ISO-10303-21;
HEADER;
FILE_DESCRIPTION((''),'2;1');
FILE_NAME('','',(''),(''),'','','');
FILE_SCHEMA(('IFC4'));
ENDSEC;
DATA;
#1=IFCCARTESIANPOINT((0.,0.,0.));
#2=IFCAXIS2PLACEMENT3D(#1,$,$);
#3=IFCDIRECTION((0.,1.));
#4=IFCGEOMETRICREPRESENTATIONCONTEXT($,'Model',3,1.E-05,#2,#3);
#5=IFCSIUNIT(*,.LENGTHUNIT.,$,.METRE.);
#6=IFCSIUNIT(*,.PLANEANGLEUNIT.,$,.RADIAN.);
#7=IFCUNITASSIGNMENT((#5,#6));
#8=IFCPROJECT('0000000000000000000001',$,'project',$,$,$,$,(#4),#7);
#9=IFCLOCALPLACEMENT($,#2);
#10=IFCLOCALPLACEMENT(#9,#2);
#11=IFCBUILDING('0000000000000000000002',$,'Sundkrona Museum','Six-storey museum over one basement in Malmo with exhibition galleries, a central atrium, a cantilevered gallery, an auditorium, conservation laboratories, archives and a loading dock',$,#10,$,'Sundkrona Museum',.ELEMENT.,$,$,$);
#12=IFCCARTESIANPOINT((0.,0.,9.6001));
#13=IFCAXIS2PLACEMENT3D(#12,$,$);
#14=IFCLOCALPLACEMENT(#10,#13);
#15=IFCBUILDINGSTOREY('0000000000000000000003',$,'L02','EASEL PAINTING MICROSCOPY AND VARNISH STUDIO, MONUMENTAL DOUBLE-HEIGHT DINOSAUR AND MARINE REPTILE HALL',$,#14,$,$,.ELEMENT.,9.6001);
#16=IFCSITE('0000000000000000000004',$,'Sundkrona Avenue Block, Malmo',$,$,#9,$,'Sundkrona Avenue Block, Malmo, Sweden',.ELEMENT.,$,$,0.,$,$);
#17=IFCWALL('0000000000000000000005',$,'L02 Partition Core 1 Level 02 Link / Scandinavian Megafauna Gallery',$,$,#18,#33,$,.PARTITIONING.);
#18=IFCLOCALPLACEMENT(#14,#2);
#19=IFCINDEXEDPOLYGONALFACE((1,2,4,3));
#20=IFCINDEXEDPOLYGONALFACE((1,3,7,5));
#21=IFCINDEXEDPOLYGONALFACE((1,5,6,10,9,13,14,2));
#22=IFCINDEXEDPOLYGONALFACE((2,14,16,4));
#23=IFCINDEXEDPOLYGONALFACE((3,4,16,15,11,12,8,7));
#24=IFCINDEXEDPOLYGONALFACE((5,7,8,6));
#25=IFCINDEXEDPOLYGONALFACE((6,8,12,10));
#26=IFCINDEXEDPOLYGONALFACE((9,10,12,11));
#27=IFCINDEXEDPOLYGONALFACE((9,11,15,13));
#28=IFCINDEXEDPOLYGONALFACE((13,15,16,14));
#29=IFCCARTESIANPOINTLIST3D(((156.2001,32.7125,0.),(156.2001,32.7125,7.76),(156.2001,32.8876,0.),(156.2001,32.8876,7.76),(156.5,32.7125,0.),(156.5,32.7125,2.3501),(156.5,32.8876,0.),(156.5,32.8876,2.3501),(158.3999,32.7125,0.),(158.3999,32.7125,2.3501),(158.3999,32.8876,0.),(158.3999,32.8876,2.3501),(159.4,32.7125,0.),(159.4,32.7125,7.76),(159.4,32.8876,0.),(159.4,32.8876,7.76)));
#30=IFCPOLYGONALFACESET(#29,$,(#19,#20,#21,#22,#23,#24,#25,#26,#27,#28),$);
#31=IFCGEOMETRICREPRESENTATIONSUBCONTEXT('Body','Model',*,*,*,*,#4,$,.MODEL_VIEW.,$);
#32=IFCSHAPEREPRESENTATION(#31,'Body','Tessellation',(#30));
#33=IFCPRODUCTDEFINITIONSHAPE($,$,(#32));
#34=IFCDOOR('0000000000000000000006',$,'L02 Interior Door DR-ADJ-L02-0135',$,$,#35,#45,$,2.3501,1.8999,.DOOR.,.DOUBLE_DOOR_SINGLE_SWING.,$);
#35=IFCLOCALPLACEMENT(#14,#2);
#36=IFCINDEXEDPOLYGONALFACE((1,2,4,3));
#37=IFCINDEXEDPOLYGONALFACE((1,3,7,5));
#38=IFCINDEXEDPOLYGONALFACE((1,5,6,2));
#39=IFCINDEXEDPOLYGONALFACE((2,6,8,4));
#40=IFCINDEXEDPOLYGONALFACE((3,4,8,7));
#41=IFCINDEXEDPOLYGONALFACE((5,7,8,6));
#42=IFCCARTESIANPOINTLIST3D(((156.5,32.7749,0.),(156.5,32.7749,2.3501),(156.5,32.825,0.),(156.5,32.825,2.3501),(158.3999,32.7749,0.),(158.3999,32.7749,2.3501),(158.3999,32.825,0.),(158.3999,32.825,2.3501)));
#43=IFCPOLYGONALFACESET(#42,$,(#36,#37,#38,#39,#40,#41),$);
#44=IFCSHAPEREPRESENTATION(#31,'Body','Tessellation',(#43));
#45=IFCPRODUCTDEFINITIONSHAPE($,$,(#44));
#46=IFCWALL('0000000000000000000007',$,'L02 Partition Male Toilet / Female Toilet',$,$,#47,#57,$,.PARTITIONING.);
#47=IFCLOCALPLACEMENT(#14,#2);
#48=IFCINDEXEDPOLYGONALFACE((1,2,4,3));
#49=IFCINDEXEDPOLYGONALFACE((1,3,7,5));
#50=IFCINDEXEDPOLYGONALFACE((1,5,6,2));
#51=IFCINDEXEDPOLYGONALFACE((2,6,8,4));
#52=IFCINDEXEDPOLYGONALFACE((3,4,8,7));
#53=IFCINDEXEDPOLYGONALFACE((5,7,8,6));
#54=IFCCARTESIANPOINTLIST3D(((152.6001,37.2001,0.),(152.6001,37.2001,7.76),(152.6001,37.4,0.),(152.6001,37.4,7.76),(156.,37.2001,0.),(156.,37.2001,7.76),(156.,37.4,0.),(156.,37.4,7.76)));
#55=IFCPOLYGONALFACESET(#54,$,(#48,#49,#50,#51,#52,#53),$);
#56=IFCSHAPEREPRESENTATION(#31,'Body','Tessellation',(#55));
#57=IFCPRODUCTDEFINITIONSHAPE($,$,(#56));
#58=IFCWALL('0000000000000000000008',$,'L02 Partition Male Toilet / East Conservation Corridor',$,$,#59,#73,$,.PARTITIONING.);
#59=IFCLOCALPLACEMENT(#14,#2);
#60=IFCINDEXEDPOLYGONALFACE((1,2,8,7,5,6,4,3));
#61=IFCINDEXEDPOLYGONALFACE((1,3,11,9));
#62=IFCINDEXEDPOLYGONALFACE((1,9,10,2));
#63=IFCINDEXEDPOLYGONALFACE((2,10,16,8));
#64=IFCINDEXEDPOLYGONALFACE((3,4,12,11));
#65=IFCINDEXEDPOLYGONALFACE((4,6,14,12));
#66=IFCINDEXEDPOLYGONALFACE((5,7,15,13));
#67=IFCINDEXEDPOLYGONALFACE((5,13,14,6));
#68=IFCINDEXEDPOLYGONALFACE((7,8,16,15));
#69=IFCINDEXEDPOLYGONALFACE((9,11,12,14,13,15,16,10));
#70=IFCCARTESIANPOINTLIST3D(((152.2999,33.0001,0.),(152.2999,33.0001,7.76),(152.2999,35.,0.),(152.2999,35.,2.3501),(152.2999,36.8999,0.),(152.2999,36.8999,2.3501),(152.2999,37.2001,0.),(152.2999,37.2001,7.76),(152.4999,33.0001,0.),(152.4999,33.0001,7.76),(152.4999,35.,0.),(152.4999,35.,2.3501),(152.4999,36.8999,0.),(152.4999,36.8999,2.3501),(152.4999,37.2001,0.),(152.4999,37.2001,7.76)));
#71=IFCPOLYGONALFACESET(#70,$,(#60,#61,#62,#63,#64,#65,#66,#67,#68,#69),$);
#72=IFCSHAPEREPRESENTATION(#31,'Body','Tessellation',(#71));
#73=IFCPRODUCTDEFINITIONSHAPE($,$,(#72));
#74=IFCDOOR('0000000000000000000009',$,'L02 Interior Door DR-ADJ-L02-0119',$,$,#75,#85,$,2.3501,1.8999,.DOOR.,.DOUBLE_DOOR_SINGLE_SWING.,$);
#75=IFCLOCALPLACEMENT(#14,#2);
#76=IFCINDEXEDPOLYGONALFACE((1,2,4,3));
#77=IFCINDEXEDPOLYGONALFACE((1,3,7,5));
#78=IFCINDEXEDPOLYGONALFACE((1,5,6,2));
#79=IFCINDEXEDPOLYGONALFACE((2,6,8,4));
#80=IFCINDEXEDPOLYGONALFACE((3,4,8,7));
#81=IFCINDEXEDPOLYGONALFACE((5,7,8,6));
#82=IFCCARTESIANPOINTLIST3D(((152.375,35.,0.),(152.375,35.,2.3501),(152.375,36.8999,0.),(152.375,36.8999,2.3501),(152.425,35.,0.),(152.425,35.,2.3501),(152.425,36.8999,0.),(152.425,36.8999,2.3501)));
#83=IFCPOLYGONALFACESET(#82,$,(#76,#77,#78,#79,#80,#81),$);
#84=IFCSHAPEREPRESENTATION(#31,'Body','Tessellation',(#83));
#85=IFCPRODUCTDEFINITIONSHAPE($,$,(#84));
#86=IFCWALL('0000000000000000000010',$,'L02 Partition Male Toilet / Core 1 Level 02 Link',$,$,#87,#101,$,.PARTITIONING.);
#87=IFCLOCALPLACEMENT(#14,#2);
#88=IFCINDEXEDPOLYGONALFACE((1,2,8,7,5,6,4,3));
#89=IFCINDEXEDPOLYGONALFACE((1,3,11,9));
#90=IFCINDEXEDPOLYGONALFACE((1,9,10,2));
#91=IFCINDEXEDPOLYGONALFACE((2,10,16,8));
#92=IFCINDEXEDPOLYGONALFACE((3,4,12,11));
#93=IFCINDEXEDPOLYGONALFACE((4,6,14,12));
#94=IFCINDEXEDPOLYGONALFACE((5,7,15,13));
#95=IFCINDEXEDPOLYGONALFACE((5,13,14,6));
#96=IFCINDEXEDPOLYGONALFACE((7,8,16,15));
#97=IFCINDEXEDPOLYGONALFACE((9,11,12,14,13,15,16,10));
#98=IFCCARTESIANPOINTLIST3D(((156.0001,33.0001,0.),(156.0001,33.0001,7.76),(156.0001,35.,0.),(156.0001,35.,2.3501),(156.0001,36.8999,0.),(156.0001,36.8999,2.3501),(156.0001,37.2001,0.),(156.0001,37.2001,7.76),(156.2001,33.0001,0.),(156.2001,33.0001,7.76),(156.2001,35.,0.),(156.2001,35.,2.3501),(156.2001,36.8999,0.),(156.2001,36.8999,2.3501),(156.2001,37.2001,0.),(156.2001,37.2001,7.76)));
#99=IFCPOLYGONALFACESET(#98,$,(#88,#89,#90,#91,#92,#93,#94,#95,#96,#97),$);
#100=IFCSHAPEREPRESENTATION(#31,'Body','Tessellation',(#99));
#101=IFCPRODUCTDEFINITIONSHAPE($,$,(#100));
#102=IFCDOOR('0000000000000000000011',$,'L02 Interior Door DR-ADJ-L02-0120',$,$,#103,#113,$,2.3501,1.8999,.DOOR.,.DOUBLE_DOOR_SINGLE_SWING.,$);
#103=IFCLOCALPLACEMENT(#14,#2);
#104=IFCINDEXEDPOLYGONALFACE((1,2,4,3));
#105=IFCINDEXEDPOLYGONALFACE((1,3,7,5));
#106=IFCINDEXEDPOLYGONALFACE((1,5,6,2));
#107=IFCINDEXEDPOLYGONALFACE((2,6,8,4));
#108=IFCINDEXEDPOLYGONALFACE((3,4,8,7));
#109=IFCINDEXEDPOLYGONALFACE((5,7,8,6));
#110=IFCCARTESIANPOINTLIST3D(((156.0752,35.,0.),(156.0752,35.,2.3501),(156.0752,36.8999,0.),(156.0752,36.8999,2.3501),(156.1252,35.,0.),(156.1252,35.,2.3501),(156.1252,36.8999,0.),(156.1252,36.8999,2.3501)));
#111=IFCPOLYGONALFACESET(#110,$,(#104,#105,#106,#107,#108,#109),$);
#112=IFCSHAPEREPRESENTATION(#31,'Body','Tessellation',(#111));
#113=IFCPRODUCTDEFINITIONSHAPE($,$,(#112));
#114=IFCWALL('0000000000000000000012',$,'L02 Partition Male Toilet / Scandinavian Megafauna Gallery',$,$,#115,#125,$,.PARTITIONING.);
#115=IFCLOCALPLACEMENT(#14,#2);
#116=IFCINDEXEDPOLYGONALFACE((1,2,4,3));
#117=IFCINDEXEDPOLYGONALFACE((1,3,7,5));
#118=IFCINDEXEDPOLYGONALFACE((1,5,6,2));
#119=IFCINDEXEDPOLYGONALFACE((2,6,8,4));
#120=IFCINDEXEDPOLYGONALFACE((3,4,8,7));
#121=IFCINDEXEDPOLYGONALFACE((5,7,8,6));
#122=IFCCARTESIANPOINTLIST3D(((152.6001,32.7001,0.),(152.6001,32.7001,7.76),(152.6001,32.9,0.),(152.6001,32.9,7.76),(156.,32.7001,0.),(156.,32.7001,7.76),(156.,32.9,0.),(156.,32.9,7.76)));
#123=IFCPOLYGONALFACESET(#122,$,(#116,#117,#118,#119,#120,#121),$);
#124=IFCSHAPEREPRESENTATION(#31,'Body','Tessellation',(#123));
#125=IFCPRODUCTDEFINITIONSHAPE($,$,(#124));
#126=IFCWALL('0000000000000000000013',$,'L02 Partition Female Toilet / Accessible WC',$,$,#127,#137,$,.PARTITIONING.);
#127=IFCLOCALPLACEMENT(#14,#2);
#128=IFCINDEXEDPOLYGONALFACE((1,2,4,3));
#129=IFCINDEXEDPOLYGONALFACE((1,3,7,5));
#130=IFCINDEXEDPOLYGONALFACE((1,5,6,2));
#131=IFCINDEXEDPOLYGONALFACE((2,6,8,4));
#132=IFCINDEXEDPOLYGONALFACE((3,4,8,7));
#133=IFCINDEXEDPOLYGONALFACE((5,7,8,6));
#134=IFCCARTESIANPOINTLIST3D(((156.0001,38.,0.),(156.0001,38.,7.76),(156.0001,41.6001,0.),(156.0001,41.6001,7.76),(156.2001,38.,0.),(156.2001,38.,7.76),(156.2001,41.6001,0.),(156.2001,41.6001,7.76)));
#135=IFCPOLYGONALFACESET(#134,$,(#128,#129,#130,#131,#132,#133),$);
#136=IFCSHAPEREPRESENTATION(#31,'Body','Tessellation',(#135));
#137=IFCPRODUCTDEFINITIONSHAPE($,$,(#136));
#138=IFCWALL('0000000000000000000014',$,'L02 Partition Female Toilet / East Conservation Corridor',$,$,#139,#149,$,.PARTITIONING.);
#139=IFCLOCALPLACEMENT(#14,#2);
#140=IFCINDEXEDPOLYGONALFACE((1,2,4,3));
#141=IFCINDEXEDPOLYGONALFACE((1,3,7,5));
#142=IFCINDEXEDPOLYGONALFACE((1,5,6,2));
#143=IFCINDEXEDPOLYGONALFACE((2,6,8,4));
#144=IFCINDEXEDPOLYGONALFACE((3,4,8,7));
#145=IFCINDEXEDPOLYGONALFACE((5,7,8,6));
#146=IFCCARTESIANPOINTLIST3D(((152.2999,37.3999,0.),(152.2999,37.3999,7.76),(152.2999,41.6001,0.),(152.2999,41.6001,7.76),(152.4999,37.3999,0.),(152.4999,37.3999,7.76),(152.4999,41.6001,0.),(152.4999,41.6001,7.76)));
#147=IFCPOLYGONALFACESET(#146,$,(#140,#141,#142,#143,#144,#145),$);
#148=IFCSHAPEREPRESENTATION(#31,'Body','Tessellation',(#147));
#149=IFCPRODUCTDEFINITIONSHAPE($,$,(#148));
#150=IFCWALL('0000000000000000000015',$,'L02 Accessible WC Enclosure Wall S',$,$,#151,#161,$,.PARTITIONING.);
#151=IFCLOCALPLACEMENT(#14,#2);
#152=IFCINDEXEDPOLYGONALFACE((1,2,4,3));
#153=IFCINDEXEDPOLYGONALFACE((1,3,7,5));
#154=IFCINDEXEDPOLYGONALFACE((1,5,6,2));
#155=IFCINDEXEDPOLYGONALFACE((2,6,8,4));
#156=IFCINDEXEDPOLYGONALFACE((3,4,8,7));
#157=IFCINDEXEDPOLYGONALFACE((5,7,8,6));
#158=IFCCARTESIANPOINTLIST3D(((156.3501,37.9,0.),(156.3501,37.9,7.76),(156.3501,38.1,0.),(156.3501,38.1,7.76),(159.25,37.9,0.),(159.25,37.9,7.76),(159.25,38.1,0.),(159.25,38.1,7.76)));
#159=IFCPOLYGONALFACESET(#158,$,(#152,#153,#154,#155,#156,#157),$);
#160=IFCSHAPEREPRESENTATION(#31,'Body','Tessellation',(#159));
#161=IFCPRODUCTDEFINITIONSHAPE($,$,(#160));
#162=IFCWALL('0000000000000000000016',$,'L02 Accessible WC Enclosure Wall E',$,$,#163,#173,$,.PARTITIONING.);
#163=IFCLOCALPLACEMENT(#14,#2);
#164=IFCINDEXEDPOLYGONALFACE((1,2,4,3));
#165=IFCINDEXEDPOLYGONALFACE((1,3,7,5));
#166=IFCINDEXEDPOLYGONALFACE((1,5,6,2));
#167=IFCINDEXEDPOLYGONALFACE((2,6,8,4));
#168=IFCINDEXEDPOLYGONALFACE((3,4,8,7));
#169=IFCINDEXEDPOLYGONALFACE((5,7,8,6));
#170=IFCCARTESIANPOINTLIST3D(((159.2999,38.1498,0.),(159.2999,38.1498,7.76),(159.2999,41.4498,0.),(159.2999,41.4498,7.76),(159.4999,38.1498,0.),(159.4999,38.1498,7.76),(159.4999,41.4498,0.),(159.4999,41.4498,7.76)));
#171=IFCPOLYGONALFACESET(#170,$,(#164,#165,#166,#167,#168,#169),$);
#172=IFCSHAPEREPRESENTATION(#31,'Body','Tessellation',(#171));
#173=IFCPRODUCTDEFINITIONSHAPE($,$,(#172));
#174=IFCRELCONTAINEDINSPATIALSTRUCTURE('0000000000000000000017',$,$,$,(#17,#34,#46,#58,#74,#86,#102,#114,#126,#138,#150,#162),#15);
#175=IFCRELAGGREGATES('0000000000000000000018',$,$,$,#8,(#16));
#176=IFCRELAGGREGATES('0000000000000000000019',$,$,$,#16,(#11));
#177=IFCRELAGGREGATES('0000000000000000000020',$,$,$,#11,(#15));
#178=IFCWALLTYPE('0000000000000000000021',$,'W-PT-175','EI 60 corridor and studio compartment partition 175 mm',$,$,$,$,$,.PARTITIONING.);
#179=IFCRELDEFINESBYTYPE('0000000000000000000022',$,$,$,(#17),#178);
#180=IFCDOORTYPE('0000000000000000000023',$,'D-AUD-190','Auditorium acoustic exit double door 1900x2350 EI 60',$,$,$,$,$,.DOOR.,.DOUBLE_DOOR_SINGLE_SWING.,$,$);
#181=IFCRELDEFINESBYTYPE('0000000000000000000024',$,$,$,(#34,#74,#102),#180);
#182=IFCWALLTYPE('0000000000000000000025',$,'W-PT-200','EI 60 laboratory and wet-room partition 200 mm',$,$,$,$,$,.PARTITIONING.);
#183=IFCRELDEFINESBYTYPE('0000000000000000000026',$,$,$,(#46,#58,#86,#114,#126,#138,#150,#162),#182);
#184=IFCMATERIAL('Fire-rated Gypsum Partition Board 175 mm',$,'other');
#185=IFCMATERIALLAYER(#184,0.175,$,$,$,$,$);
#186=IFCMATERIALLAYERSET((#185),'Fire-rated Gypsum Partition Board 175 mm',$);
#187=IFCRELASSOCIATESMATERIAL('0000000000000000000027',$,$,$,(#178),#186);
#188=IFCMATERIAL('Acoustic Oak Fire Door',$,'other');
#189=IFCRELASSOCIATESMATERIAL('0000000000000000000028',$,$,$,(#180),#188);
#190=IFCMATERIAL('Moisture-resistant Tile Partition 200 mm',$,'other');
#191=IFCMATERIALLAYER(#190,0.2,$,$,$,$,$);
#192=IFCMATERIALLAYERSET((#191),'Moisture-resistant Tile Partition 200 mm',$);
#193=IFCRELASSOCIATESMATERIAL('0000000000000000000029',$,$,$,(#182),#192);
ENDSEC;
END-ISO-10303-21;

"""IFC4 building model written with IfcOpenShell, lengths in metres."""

from ifc_helpers import new_model, si_unit, direction, frame, frame_2d, origin, place, context, subcontext, project, spatial, rectangle, extrude, material, layer, layer_set, type_object, element, fill, save


model = new_model("IFC4")

# Units and contexts
model_context = context("Model", 3, precision=1e-05, world=origin(), true_north=direction((0.0, 1.0)))
body_context = subcontext(model_context, "Body", "Model", "MODEL_VIEW")
ifc_project = project(units=[si_unit("LENGTHUNIT", "METRE"), si_unit("PLANEANGLEUNIT", "RADIAN")], contexts=[model_context])

# Site, building, storey
site_placement = place(None, origin())
site = spatial("IfcSite", under=ifc_project, at=site_placement, Name="Sundkrona Avenue Block, Malmo", LongName="Sundkrona Avenue Block, Malmo, Sweden", CompositionType="ELEMENT", RefElevation=0.0)
building_placement = place(site_placement, origin())
building = spatial("IfcBuilding", under=site, at=building_placement, Name="Sundkrona Museum", Description="Six-storey museum over one basement in Malmo with exhibition galleries, a central atrium, a cantilevered gallery, an auditorium, conservation laboratories, archives and a loading dock", LongName="Sundkrona Museum", CompositionType="ELEMENT")
storey_placement = place(building_placement, frame((0.0, 0.0, 9.6001)))
storey = spatial("IfcBuildingStorey", under=building, at=storey_placement, Name="L02", Description="EASEL PAINTING MICROSCOPY AND VARNISH STUDIO, MONUMENTAL DOUBLE-HEIGHT DINOSAUR AND MARINE REPTILE HALL", CompositionType="ELEMENT", Elevation=9.6001)

# Wall, opening, door
ifc_material_1 = material(Name="Fire-rated Gypsum Partition Board 175 mm", Category="other")
ifc_layer_1 = layer(ifc_material_1, 0.175)
ifc_layer_set_1 = layer_set([ifc_layer_1], Name="Fire-rated Gypsum Partition Board 175 mm")
wall_type_1 = type_object("IfcWallType", Name="W-PT-175", Description="EI 60 corridor and studio compartment partition 175 mm", PredefinedType="PARTITIONING", material=ifc_layer_set_1)
wall_1_placement = place(storey_placement, frame((156.2, 32.8, 0.0), z_axis=(0.0, 0.0, 1.0), x_axis=(1.0, 0.0, 0.0)))
wall_1 = element("IfcWall", 1, at=wall_1_placement, inside=storey, type_object=wall_type_1, Name="L02 Partition Core 1 Level 02 Link / Scandinavian Megafauna Gallery", PredefinedType="PARTITIONING", context=body_context, shape_type="SweptSolid", body=[
    extrude(rectangle(XDim=3.2, YDim=0.175, at=frame_2d((1.6001, 0.0))), origin(), (0.0, 0.0, 1.0), 7.76),
])
opening_1_placement = place(wall_1_placement, frame((0.3, 0.0, 0.0)))
opening_1 = element("IfcOpeningElement", 2, at=opening_1_placement, cuts=wall_1, PredefinedType="OPENING", context=body_context, shape_type="SweptSolid", body=[
    extrude(rectangle(XDim=1.8999, YDim=2.3501, at=frame_2d((0.95, 1.175))), frame((0.0, 0.0974, 0.0), z_axis=(0.0, -1.0, 0.0), x_axis=(1.0, 0.0, 0.0)), (0.0, 0.0, 1.0), 0.1951),
])
ifc_material_2 = material(Name="Acoustic Oak Fire Door", Category="other")
door_type_1 = type_object("IfcDoorType", Name="D-AUD-190", Description="Auditorium acoustic exit double door 1900x2350 EI 60", OperationType="DOUBLE_DOOR_SINGLE_SWING", PredefinedType="DOOR", material=ifc_material_2)
door_1_placement = place(opening_1_placement, origin())
door_1 = element("IfcDoor", 3, at=door_1_placement, inside=storey, type_object=door_type_1, Name="L02 Interior Door DR-ADJ-L02-0135", OperationType="DOUBLE_DOOR_SINGLE_SWING", OverallHeight=2.3501, OverallWidth=1.8999, PredefinedType="DOOR", context=body_context, shape_type="SweptSolid", body=[
    extrude(rectangle(XDim=1.8999, YDim=2.3501, at=frame_2d((0.95, 1.175))), frame((0.0, 0.0249, 0.0), z_axis=(0.0, -1.0, 0.0), x_axis=(1.0, 0.0, 0.0)), (0.0, 0.0, 1.0), 0.05),
])
fill(opening_1, door_1)

# Wall
ifc_material_3 = material(Name="Moisture-resistant Tile Partition 200 mm", Category="other")
ifc_layer_2 = layer(ifc_material_3, 0.2)
ifc_layer_set_2 = layer_set([ifc_layer_2], Name="Moisture-resistant Tile Partition 200 mm")
wall_type_2 = type_object("IfcWallType", Name="W-PT-200", Description="EI 60 laboratory and wet-room partition 200 mm", PredefinedType="PARTITIONING", material=ifc_layer_set_2)
wall_2_placement = place(storey_placement, frame((152.6001, 37.3, 0.0), z_axis=(0.0, 0.0, 1.0), x_axis=(1.0, 0.0, 0.0)))
element("IfcWall", 4, at=wall_2_placement, inside=storey, type_object=wall_type_2, Name="L02 Partition Male Toilet / Female Toilet", PredefinedType="PARTITIONING", context=body_context, shape_type="SweptSolid", body=[
    extrude(rectangle(XDim=3.3999, YDim=0.2, at=frame_2d((1.7, 0.0))), origin(), (0.0, 0.0, 1.0), 7.76),
])

# Walls, openings, doors
wall_3_placement = place(storey_placement, frame((152.3999, 33.0, 0.0), z_axis=(0.0, 0.0, 1.0), x_axis=(0.0, 1.0, 0.0)))
wall_3 = element("IfcWall", 5, at=wall_3_placement, inside=storey, type_object=wall_type_2, Name="L02 Partition Male Toilet / East Conservation Corridor", PredefinedType="PARTITIONING", context=body_context, shape_type="SweptSolid", body=[
    extrude(rectangle(XDim=4.2, YDim=0.2, at=frame_2d((2.1001, 0.0))), origin(), (0.0, 0.0, 1.0), 7.76),
])
opening_2_placement = place(wall_3_placement, frame((2.0, 0.0, 0.0)))
opening_2 = element("IfcOpeningElement", 6, at=opening_2_placement, cuts=wall_3, PredefinedType="OPENING", context=body_context, shape_type="SweptSolid", body=[
    extrude(rectangle(XDim=1.8999, YDim=2.3501, at=frame_2d((0.95, 1.175))), frame((0.0, 0.1099, 0.0), z_axis=(0.0, -1.0, 0.0), x_axis=(1.0, 0.0, 0.0)), (0.0, 0.0, 1.0), 0.22),
])
door_2_placement = place(opening_2_placement, origin())
door_2 = element("IfcDoor", 7, at=door_2_placement, inside=storey, type_object=door_type_1, Name="L02 Interior Door DR-ADJ-L02-0119", OperationType="DOUBLE_DOOR_SINGLE_SWING", OverallHeight=2.3501, OverallWidth=1.8999, PredefinedType="DOOR", context=body_context, shape_type="SweptSolid", body=[
    extrude(rectangle(XDim=1.8999, YDim=2.3501, at=frame_2d((0.95, 1.175))), frame((0.0, 0.0249, 0.0), z_axis=(0.0, -1.0, 0.0), x_axis=(1.0, 0.0, 0.0)), (0.0, 0.0, 1.0), 0.05),
])
fill(opening_2, door_2)
wall_4_placement = place(storey_placement, frame((156.1001, 33.0, 0.0), z_axis=(0.0, 0.0, 1.0), x_axis=(0.0, 1.0, 0.0)))
wall_4 = element("IfcWall", 8, at=wall_4_placement, inside=storey, type_object=wall_type_2, Name="L02 Partition Male Toilet / Core 1 Level 02 Link", PredefinedType="PARTITIONING", context=body_context, shape_type="SweptSolid", body=[
    extrude(rectangle(XDim=4.2, YDim=0.2, at=frame_2d((2.1001, 0.0))), origin(), (0.0, 0.0, 1.0), 7.76),
])
opening_3_placement = place(wall_4_placement, frame((2.0, 0.0, 0.0)))
opening_3 = element("IfcOpeningElement", 9, at=opening_3_placement, cuts=wall_4, PredefinedType="OPENING", context=body_context, shape_type="SweptSolid", body=[
    extrude(rectangle(XDim=1.8999, YDim=2.3501, at=frame_2d((0.95, 1.175))), frame((0.0, 0.1099, 0.0), z_axis=(0.0, -1.0, 0.0), x_axis=(1.0, 0.0, 0.0)), (0.0, 0.0, 1.0), 0.22),
])
door_3_placement = place(opening_3_placement, origin())
door_3 = element("IfcDoor", 10, at=door_3_placement, inside=storey, type_object=door_type_1, Name="L02 Interior Door DR-ADJ-L02-0120", OperationType="DOUBLE_DOOR_SINGLE_SWING", OverallHeight=2.3501, OverallWidth=1.8999, PredefinedType="DOOR", context=body_context, shape_type="SweptSolid", body=[
    extrude(rectangle(XDim=1.8999, YDim=2.3501, at=frame_2d((0.95, 1.175))), frame((0.0, 0.0249, 0.0), z_axis=(0.0, -1.0, 0.0), x_axis=(1.0, 0.0, 0.0)), (0.0, 0.0, 1.0), 0.05),
])
fill(opening_3, door_3)

# Walls
wall_5_placement = place(storey_placement, frame((152.6001, 32.8, 0.0), z_axis=(0.0, 0.0, 1.0), x_axis=(1.0, 0.0, 0.0)))
element("IfcWall", 11, at=wall_5_placement, inside=storey, type_object=wall_type_2, Name="L02 Partition Male Toilet / Scandinavian Megafauna Gallery", PredefinedType="PARTITIONING", context=body_context, shape_type="SweptSolid", body=[
    extrude(rectangle(XDim=3.3999, YDim=0.2, at=frame_2d((1.7, 0.0))), origin(), (0.0, 0.0, 1.0), 7.76),
])
wall_6_placement = place(storey_placement, frame((156.1001, 38.0, 0.0), z_axis=(0.0, 0.0, 1.0), x_axis=(0.0, 1.0, 0.0)))
element("IfcWall", 12, at=wall_6_placement, inside=storey, type_object=wall_type_2, Name="L02 Partition Female Toilet / Accessible WC", PredefinedType="PARTITIONING", context=body_context, shape_type="SweptSolid", body=[
    extrude(rectangle(XDim=3.6001, YDim=0.2, at=frame_2d((1.8, 0.0))), origin(), (0.0, 0.0, 1.0), 7.76),
])
wall_7_placement = place(storey_placement, frame((152.3999, 37.3999, 0.0), z_axis=(0.0, 0.0, 1.0), x_axis=(0.0, 1.0, 0.0)))
element("IfcWall", 13, at=wall_7_placement, inside=storey, type_object=wall_type_2, Name="L02 Partition Female Toilet / East Conservation Corridor", PredefinedType="PARTITIONING", context=body_context, shape_type="SweptSolid", body=[
    extrude(rectangle(XDim=4.2002, YDim=0.2, at=frame_2d((2.1001, 0.0))), origin(), (0.0, 0.0, 1.0), 7.76),
])
wall_8_placement = place(storey_placement, frame((156.3501, 38.0, 0.0), z_axis=(0.0, 0.0, 1.0), x_axis=(1.0, 0.0, 0.0)))
element("IfcWall", 14, at=wall_8_placement, inside=storey, type_object=wall_type_2, Name="L02 Accessible WC Enclosure Wall S", PredefinedType="PARTITIONING", context=body_context, shape_type="SweptSolid", body=[
    extrude(rectangle(XDim=2.8999, YDim=0.2, at=frame_2d((1.45, 0.0))), origin(), (0.0, 0.0, 1.0), 7.76),
])
wall_9_placement = place(storey_placement, frame((159.3999, 38.1499, 0.0), z_axis=(0.0, 0.0, 1.0), x_axis=(0.0, 1.0, 0.0)))
element("IfcWall", 15, at=wall_9_placement, inside=storey, type_object=wall_type_2, Name="L02 Accessible WC Enclosure Wall E", PredefinedType="PARTITIONING", context=body_context, shape_type="SweptSolid", body=[
    extrude(rectangle(XDim=3.3, YDim=0.2, at=frame_2d((1.6499, 0.0))), origin(), (0.0, 0.0, 1.0), 7.76),
])

save(model, "model.ifc")
